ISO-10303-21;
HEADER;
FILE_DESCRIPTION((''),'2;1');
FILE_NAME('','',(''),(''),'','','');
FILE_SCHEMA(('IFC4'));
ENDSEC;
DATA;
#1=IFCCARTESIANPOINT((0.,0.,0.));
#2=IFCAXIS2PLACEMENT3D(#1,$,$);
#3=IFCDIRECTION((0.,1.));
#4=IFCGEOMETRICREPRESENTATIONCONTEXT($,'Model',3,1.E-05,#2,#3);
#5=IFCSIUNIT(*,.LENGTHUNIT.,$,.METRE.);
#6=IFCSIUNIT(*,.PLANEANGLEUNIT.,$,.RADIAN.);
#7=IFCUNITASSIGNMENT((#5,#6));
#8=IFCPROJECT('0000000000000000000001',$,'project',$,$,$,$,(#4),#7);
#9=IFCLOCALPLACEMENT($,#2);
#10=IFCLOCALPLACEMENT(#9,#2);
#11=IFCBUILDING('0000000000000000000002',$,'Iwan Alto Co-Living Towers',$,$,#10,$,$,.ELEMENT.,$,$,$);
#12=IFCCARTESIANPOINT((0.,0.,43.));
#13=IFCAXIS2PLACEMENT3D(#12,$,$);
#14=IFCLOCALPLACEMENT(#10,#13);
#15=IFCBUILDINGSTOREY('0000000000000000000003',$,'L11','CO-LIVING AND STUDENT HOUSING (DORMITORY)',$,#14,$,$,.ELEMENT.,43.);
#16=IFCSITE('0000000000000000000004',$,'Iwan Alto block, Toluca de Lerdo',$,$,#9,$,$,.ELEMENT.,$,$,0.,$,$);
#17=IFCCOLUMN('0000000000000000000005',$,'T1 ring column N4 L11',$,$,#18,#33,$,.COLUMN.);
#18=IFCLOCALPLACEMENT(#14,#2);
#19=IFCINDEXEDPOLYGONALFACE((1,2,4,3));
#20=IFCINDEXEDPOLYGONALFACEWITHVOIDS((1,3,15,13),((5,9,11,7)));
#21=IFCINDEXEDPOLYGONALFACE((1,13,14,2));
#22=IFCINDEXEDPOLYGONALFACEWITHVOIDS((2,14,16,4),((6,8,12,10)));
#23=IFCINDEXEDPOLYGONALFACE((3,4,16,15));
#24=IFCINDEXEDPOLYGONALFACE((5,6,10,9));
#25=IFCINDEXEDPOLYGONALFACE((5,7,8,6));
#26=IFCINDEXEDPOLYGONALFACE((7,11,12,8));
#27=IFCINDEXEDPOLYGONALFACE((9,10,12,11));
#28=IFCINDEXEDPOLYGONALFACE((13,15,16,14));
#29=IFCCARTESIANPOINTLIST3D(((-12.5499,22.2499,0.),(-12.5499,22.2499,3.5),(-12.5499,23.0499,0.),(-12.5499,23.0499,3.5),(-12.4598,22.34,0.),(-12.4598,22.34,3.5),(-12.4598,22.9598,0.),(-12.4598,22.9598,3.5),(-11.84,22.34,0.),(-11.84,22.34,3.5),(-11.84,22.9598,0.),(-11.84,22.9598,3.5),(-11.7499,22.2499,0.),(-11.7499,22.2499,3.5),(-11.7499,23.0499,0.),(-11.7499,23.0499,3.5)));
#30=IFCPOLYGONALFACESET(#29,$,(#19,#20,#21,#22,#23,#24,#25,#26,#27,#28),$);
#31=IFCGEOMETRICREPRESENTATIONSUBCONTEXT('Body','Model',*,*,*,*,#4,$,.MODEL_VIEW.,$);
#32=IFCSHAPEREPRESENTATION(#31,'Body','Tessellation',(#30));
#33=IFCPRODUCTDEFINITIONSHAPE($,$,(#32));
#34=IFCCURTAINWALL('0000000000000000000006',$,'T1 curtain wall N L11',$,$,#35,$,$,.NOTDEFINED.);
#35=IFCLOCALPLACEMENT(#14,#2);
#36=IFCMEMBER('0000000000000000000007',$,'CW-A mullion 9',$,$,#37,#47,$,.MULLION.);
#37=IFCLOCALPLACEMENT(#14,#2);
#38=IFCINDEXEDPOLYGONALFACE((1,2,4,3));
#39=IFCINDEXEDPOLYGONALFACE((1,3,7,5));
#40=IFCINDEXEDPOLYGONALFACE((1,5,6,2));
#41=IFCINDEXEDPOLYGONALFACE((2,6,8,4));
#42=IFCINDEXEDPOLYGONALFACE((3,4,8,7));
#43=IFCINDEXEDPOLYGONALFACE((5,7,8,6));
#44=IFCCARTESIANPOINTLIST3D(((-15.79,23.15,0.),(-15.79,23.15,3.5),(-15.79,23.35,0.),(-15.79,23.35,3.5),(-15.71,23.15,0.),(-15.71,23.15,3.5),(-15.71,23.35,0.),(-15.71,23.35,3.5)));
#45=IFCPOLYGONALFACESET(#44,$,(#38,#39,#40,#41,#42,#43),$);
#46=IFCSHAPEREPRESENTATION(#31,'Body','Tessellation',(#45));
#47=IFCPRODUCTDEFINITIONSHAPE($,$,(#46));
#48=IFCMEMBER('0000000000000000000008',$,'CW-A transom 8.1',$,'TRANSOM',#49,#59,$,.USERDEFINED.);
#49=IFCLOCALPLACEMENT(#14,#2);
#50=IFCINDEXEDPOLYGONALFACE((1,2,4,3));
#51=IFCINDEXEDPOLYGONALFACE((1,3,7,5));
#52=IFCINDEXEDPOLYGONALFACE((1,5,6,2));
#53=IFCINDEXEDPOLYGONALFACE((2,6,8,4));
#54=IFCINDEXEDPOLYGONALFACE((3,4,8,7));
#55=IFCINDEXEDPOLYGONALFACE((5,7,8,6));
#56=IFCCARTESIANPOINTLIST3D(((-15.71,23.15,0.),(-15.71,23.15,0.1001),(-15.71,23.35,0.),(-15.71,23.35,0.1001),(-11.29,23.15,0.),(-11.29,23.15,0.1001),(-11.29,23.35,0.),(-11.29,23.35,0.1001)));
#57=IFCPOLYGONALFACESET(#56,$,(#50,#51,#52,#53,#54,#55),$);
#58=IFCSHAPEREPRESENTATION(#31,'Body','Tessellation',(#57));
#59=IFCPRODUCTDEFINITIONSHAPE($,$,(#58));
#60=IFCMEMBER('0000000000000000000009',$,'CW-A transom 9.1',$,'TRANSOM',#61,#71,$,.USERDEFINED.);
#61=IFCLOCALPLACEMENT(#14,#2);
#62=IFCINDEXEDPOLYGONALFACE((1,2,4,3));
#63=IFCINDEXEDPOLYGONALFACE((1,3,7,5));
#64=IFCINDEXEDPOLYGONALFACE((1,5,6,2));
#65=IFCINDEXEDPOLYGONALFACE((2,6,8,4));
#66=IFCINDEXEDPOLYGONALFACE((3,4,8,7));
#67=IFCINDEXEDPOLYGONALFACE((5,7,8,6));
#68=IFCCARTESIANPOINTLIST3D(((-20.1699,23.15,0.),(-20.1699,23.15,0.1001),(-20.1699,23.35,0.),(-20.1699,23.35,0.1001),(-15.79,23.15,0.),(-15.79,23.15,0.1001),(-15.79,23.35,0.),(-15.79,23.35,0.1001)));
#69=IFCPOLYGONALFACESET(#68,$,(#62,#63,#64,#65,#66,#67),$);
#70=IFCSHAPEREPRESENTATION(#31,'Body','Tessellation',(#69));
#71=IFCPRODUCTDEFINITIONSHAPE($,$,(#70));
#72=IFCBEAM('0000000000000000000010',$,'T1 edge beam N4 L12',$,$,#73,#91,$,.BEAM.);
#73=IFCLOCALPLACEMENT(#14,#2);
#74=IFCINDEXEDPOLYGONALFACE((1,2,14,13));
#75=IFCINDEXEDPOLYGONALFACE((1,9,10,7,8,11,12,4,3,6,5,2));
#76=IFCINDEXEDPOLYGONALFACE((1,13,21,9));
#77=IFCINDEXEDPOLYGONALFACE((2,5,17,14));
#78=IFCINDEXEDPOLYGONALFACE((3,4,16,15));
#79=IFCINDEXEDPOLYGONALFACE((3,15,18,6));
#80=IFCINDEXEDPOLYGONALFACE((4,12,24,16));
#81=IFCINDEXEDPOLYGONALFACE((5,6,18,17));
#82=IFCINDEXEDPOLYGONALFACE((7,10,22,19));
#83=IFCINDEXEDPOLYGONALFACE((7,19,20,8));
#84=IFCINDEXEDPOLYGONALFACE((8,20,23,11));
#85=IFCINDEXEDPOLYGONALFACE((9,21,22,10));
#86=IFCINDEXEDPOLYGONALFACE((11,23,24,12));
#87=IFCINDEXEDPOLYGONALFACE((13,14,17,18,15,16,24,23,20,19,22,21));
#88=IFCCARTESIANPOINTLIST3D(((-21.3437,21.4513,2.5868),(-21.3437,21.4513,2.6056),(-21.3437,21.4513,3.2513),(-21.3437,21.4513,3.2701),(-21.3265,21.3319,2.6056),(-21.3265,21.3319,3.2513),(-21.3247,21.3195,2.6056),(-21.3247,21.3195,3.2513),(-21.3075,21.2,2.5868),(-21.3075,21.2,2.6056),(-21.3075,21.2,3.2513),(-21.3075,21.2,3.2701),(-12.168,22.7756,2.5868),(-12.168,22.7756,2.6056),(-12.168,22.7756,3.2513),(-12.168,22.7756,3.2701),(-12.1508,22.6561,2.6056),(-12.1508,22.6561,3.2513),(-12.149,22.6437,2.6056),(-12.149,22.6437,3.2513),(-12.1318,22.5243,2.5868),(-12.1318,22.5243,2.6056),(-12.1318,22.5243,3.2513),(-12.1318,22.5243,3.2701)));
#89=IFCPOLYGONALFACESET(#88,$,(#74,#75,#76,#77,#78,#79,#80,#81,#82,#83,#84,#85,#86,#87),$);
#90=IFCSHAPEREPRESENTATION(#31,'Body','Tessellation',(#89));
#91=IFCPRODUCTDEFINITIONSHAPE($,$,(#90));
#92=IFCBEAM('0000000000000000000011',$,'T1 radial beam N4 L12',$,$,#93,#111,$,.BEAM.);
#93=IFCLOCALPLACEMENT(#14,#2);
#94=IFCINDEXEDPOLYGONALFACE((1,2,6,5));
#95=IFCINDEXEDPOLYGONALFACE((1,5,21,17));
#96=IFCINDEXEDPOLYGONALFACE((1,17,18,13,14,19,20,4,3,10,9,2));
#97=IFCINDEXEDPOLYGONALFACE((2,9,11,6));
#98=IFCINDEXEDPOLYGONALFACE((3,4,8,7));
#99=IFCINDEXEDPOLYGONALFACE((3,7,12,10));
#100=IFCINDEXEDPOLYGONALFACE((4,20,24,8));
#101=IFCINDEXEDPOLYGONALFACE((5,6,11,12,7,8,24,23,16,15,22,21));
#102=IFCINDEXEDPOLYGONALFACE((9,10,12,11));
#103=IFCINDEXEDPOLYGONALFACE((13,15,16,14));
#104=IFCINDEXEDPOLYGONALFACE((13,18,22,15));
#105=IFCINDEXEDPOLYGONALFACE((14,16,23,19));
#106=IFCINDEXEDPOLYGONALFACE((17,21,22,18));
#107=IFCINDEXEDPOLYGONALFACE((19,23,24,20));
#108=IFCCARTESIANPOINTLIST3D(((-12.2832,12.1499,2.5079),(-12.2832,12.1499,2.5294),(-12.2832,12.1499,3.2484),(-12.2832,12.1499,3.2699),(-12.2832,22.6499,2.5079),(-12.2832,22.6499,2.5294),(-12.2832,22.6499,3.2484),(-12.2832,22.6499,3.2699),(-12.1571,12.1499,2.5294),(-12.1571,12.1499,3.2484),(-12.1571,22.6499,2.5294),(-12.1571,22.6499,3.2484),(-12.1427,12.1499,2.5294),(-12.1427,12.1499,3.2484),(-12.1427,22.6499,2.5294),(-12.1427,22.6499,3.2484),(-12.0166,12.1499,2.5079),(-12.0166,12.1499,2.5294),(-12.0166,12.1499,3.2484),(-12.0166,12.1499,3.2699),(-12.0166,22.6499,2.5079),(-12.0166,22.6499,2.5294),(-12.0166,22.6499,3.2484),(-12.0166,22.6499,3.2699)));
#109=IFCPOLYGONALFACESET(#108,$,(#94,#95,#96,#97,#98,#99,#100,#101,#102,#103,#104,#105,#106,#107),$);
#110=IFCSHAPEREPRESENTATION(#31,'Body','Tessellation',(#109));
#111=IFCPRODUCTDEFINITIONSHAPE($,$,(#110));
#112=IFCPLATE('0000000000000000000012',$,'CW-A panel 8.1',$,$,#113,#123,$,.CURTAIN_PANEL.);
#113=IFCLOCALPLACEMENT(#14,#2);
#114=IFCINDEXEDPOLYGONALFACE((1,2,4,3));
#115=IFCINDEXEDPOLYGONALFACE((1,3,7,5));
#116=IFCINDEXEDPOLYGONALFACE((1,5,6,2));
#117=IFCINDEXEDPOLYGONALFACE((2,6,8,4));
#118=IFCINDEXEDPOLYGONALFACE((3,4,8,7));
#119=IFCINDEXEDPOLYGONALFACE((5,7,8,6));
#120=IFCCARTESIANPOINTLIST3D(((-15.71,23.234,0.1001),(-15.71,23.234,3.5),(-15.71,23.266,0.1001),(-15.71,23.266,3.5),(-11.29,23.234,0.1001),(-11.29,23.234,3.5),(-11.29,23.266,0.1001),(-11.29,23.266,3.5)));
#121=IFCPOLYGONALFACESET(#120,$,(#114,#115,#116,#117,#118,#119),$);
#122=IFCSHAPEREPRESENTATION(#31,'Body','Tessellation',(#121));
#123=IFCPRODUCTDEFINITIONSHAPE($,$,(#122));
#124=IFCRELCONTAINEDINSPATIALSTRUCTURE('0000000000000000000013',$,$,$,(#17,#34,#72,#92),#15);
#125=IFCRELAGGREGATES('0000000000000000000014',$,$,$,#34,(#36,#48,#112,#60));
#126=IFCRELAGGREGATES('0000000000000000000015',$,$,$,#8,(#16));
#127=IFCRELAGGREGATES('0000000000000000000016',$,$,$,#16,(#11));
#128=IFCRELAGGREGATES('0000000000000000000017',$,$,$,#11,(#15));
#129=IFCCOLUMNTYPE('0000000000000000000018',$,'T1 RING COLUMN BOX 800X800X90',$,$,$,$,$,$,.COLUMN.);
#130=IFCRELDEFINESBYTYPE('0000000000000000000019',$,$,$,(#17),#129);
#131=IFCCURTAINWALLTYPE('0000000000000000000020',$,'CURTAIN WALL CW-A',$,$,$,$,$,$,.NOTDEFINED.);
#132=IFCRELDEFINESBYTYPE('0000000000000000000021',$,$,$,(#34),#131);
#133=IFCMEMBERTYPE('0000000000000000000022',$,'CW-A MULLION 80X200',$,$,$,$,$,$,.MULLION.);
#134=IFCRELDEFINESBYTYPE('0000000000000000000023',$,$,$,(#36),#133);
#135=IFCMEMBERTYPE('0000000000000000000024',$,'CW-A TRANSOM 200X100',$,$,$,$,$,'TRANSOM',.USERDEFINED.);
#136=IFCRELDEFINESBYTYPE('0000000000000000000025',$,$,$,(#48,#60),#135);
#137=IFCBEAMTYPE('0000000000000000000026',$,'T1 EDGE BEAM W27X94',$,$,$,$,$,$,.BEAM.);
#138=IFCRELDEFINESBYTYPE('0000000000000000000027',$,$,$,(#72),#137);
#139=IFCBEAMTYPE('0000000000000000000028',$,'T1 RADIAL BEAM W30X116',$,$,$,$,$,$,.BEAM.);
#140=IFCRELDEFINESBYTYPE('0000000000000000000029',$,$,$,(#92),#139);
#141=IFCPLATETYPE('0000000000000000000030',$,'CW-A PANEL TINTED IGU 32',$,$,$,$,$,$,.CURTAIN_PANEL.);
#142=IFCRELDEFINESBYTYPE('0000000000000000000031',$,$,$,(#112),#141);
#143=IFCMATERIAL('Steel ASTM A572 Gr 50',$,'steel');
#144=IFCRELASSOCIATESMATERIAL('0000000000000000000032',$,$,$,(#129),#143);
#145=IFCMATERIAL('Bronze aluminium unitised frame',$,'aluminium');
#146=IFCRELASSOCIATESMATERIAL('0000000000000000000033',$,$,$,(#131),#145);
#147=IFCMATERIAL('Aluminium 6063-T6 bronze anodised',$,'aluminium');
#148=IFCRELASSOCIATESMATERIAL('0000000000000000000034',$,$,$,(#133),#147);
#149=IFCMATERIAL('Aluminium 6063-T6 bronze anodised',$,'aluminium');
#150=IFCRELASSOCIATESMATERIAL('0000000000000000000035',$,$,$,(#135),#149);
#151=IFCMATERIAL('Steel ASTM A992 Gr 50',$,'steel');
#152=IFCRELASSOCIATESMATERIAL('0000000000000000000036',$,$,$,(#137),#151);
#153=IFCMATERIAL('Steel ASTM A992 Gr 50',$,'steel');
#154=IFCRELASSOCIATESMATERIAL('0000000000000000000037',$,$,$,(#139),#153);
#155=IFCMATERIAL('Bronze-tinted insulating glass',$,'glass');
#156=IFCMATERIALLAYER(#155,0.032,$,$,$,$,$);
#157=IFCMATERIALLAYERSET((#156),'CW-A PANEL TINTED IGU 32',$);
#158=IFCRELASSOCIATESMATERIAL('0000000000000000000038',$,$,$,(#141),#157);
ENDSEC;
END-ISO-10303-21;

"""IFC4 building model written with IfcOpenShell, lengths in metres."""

from ifc_helpers import new_model, si_unit, direction, frame, origin, origin_2d, place, context, subcontext, project, spatial, rectangle, hollow_rectangle, i_section, extrude, material, layer, layer_set, material_profile, profile_set, type_object, element, aggregate, save


model = new_model("IFC4")

# Units and contexts
model_context = context("Model", 3, precision=1e-05, world=origin(), true_north=direction((0.0, 1.0)))
body_context = subcontext(model_context, "Body", "Model", "MODEL_VIEW")
ifc_project = project(units=[si_unit("LENGTHUNIT", "METRE"), si_unit("PLANEANGLEUNIT", "RADIAN")], contexts=[model_context])

# Site, building, storey
site_placement = place(None, origin())
site = spatial("IfcSite", under=ifc_project, at=site_placement, Name="Iwan Alto block, Toluca de Lerdo", CompositionType="ELEMENT", RefElevation=0.0)
building_placement = place(site_placement, origin())
building = spatial("IfcBuilding", under=site, at=building_placement, Name="Iwan Alto Co-Living Towers", CompositionType="ELEMENT")
storey_placement = place(building_placement, frame((0.0, 0.0, 43.0)))
storey = spatial("IfcBuildingStorey", under=building, at=storey_placement, Name="L11", Description="CO-LIVING AND STUDENT HOUSING (DORMITORY)", CompositionType="ELEMENT", Elevation=43.0)

# Column
ifc_material_1 = material(Name="Steel ASTM A572 Gr 50", Category="steel")
ifc_material_profile_1 = material_profile(ifc_material_1, hollow_rectangle(XDim=0.8, YDim=0.8, WallThickness=0.0901, at=origin_2d()), Name="BOX 800X800X90")
ifc_profile_set_1 = profile_set([ifc_material_profile_1], Name="Steel ASTM A572 Gr 50")
column_type = type_object("IfcColumnType", Name="T1 RING COLUMN BOX 800X800X90", PredefinedType="COLUMN", material=ifc_profile_set_1)
column_placement = place(storey_placement, frame((-12.1499, 22.6499, 0.0), z_axis=(0.0, 0.0, 1.0), x_axis=(1.0, 0.0, 0.0)))
element("IfcColumn", 1, at=column_placement, inside=storey, type_object=column_type, Name="T1 ring column N4 L11", PredefinedType="COLUMN", context=body_context, shape_type="SweptSolid", body=[
    extrude(hollow_rectangle(XDim=0.8, YDim=0.8, WallThickness=0.0901, at=origin_2d()), origin(), (0.0, 0.0, 1.0), 3.5),
])

# Curtain wall, members
ifc_material_2 = material(Name="Bronze aluminium unitised frame", Category="aluminium")
curtain_wall_type = type_object("IfcCurtainWallType", Name="CURTAIN WALL CW-A", PredefinedType="NOTDEFINED", material=ifc_material_2)
curtain_wall_placement = place(storey_placement, origin())
curtain_wall = element("IfcCurtainWall", 2, at=curtain_wall_placement, inside=storey, type_object=curtain_wall_type, Name="T1 curtain wall N L11", PredefinedType="NOTDEFINED")
ifc_material_3 = material(Name="Aluminium 6063-T6 bronze anodised", Category="aluminium")
ifc_material_profile_2 = material_profile(ifc_material_3, rectangle(XDim=0.2, YDim=0.0801, at=origin_2d()), Name="AL 80X200")
ifc_profile_set_2 = profile_set([ifc_material_profile_2], Name="Aluminium 6063-T6 bronze anodised")
member_type_1 = type_object("IfcMemberType", Name="CW-A MULLION 80X200", PredefinedType="MULLION", material=ifc_profile_set_2)
member_1_placement = place(storey_placement, frame((-15.75, 23.25, 0.0), z_axis=(0.0, 0.0, 1.0), x_axis=(0.0, -1.0, 0.0)))
member_1 = element("IfcMember", 3, at=member_1_placement, type_object=member_type_1, Name="CW-A mullion 9", PredefinedType="MULLION", context=body_context, shape_type="SweptSolid", body=[
    extrude(rectangle(XDim=0.2, YDim=0.0801, at=origin_2d()), origin(), (0.0, 0.0, 1.0), 3.5),
])
ifc_material_4 = material(Name="Aluminium 6063-T6 bronze anodised", Category="aluminium")
ifc_material_profile_3 = material_profile(ifc_material_4, rectangle(XDim=0.2, YDim=0.1001, at=origin_2d()), Name="AL 200X100")
ifc_profile_set_3 = profile_set([ifc_material_profile_3], Name="Aluminium 6063-T6 bronze anodised")
member_type_2 = type_object("IfcMemberType", Name="CW-A TRANSOM 200X100", ElementType="TRANSOM", PredefinedType="USERDEFINED", material=ifc_profile_set_3)
member_2_placement = place(storey_placement, frame((-11.29, 23.25, 0.05), z_axis=(-1.0, 0.0, 0.0), x_axis=(0.0, -1.0, 0.0)))
member_2 = element("IfcMember", 4, at=member_2_placement, type_object=member_type_2, Name="CW-A transom 8.1", ObjectType="TRANSOM", PredefinedType="USERDEFINED", context=body_context, shape_type="SweptSolid", body=[
    extrude(rectangle(XDim=0.2, YDim=0.1001, at=origin_2d()), origin(), (0.0, 0.0, 1.0), 4.4199),
])
member_3_placement = place(storey_placement, frame((-15.79, 23.25, 0.05), z_axis=(-1.0, 0.0, 0.0), x_axis=(0.0, -1.0, 0.0)))
member_3 = element("IfcMember", 5, at=member_3_placement, type_object=member_type_2, Name="CW-A transom 9.1", ObjectType="TRANSOM", PredefinedType="USERDEFINED", context=body_context, shape_type="SweptSolid", body=[
    extrude(rectangle(XDim=0.2, YDim=0.1001, at=origin_2d()), origin(), (0.0, 0.0, 1.0), 4.3799),
])

# Beams
ifc_material_5 = material(Name="Steel ASTM A992 Gr 50", Category="steel")
ifc_material_profile_4 = material_profile(ifc_material_5, i_section(OverallWidth=0.2539, OverallDepth=0.6833, WebThickness=0.0125, FlangeThickness=0.0188, at=origin_2d()), Name="W27X94")
ifc_profile_set_4 = profile_set([ifc_material_profile_4], Name="Steel ASTM A992 Gr 50")
beam_type_1 = type_object("IfcBeamType", Name="T1 EDGE BEAM W27X94", PredefinedType="BEAM", material=ifc_profile_set_4)
beam_1_placement = place(storey_placement, frame((-12.1499, 22.6499, 2.9285), z_axis=(-0.989746, -0.142837, 0.0), x_axis=(0.142837, -0.989746, 0.0)))
element("IfcBeam", 6, at=beam_1_placement, inside=storey, type_object=beam_type_1, Name="T1 edge beam N4 L12", PredefinedType="BEAM", context=body_context, shape_type="SweptSolid", body=[
    extrude(i_section(OverallWidth=0.2539, OverallDepth=0.6833, WebThickness=0.0125, FlangeThickness=0.0188, at=origin_2d()), origin(), (0.0, 0.0, 1.0), 9.2708),
])
ifc_material_6 = material(Name="Steel ASTM A992 Gr 50", Category="steel")
ifc_material_profile_5 = material_profile(ifc_material_6, i_section(OverallWidth=0.2666, OverallDepth=0.762, WebThickness=0.0144, FlangeThickness=0.0215, at=origin_2d()), Name="W30X116")
ifc_profile_set_5 = profile_set([ifc_material_profile_5], Name="Steel ASTM A992 Gr 50")
beam_type_2 = type_object("IfcBeamType", Name="T1 RADIAL BEAM W30X116", PredefinedType="BEAM", material=ifc_profile_set_5)
beam_2_placement = place(storey_placement, frame((-12.1499, 22.6499, 2.8889), z_axis=(0.0, -1.0, 0.0), x_axis=(1.0, 0.0, 0.0)))
element("IfcBeam", 7, at=beam_2_placement, inside=storey, type_object=beam_type_2, Name="T1 radial beam N4 L12", PredefinedType="BEAM", context=body_context, shape_type="SweptSolid", body=[
    extrude(i_section(OverallWidth=0.2666, OverallDepth=0.762, WebThickness=0.0144, FlangeThickness=0.0215, at=origin_2d()), origin(), (0.0, 0.0, 1.0), 10.5),
])

# Plate
ifc_material_7 = material(Name="Bronze-tinted insulating glass", Category="glass")
ifc_layer_1 = layer(ifc_material_7, 0.032)
ifc_layer_set_1 = layer_set([ifc_layer_1], Name="CW-A PANEL TINTED IGU 32")
plate_type = type_object("IfcPlateType", Name="CW-A PANEL TINTED IGU 32", PredefinedType="CURTAIN_PANEL", material=ifc_layer_set_1)
plate_placement = place(storey_placement, frame((-13.5, 23.25, 0.1001), z_axis=(0.0, 0.0, 1.0), x_axis=(-1.0, 0.0, 0.0)))
plate = element("IfcPlate", 8, at=plate_placement, type_object=plate_type, Name="CW-A panel 8.1", PredefinedType="CURTAIN_PANEL", context=body_context, shape_type="SweptSolid", body=[
    extrude(rectangle(XDim=4.4199, YDim=0.032, at=origin_2d()), origin(), (0.0, 0.0, 1.0), 3.3999),
])
aggregate(curtain_wall, [member_1, member_2, plate, member_3])

save(model, "model.ifc")
